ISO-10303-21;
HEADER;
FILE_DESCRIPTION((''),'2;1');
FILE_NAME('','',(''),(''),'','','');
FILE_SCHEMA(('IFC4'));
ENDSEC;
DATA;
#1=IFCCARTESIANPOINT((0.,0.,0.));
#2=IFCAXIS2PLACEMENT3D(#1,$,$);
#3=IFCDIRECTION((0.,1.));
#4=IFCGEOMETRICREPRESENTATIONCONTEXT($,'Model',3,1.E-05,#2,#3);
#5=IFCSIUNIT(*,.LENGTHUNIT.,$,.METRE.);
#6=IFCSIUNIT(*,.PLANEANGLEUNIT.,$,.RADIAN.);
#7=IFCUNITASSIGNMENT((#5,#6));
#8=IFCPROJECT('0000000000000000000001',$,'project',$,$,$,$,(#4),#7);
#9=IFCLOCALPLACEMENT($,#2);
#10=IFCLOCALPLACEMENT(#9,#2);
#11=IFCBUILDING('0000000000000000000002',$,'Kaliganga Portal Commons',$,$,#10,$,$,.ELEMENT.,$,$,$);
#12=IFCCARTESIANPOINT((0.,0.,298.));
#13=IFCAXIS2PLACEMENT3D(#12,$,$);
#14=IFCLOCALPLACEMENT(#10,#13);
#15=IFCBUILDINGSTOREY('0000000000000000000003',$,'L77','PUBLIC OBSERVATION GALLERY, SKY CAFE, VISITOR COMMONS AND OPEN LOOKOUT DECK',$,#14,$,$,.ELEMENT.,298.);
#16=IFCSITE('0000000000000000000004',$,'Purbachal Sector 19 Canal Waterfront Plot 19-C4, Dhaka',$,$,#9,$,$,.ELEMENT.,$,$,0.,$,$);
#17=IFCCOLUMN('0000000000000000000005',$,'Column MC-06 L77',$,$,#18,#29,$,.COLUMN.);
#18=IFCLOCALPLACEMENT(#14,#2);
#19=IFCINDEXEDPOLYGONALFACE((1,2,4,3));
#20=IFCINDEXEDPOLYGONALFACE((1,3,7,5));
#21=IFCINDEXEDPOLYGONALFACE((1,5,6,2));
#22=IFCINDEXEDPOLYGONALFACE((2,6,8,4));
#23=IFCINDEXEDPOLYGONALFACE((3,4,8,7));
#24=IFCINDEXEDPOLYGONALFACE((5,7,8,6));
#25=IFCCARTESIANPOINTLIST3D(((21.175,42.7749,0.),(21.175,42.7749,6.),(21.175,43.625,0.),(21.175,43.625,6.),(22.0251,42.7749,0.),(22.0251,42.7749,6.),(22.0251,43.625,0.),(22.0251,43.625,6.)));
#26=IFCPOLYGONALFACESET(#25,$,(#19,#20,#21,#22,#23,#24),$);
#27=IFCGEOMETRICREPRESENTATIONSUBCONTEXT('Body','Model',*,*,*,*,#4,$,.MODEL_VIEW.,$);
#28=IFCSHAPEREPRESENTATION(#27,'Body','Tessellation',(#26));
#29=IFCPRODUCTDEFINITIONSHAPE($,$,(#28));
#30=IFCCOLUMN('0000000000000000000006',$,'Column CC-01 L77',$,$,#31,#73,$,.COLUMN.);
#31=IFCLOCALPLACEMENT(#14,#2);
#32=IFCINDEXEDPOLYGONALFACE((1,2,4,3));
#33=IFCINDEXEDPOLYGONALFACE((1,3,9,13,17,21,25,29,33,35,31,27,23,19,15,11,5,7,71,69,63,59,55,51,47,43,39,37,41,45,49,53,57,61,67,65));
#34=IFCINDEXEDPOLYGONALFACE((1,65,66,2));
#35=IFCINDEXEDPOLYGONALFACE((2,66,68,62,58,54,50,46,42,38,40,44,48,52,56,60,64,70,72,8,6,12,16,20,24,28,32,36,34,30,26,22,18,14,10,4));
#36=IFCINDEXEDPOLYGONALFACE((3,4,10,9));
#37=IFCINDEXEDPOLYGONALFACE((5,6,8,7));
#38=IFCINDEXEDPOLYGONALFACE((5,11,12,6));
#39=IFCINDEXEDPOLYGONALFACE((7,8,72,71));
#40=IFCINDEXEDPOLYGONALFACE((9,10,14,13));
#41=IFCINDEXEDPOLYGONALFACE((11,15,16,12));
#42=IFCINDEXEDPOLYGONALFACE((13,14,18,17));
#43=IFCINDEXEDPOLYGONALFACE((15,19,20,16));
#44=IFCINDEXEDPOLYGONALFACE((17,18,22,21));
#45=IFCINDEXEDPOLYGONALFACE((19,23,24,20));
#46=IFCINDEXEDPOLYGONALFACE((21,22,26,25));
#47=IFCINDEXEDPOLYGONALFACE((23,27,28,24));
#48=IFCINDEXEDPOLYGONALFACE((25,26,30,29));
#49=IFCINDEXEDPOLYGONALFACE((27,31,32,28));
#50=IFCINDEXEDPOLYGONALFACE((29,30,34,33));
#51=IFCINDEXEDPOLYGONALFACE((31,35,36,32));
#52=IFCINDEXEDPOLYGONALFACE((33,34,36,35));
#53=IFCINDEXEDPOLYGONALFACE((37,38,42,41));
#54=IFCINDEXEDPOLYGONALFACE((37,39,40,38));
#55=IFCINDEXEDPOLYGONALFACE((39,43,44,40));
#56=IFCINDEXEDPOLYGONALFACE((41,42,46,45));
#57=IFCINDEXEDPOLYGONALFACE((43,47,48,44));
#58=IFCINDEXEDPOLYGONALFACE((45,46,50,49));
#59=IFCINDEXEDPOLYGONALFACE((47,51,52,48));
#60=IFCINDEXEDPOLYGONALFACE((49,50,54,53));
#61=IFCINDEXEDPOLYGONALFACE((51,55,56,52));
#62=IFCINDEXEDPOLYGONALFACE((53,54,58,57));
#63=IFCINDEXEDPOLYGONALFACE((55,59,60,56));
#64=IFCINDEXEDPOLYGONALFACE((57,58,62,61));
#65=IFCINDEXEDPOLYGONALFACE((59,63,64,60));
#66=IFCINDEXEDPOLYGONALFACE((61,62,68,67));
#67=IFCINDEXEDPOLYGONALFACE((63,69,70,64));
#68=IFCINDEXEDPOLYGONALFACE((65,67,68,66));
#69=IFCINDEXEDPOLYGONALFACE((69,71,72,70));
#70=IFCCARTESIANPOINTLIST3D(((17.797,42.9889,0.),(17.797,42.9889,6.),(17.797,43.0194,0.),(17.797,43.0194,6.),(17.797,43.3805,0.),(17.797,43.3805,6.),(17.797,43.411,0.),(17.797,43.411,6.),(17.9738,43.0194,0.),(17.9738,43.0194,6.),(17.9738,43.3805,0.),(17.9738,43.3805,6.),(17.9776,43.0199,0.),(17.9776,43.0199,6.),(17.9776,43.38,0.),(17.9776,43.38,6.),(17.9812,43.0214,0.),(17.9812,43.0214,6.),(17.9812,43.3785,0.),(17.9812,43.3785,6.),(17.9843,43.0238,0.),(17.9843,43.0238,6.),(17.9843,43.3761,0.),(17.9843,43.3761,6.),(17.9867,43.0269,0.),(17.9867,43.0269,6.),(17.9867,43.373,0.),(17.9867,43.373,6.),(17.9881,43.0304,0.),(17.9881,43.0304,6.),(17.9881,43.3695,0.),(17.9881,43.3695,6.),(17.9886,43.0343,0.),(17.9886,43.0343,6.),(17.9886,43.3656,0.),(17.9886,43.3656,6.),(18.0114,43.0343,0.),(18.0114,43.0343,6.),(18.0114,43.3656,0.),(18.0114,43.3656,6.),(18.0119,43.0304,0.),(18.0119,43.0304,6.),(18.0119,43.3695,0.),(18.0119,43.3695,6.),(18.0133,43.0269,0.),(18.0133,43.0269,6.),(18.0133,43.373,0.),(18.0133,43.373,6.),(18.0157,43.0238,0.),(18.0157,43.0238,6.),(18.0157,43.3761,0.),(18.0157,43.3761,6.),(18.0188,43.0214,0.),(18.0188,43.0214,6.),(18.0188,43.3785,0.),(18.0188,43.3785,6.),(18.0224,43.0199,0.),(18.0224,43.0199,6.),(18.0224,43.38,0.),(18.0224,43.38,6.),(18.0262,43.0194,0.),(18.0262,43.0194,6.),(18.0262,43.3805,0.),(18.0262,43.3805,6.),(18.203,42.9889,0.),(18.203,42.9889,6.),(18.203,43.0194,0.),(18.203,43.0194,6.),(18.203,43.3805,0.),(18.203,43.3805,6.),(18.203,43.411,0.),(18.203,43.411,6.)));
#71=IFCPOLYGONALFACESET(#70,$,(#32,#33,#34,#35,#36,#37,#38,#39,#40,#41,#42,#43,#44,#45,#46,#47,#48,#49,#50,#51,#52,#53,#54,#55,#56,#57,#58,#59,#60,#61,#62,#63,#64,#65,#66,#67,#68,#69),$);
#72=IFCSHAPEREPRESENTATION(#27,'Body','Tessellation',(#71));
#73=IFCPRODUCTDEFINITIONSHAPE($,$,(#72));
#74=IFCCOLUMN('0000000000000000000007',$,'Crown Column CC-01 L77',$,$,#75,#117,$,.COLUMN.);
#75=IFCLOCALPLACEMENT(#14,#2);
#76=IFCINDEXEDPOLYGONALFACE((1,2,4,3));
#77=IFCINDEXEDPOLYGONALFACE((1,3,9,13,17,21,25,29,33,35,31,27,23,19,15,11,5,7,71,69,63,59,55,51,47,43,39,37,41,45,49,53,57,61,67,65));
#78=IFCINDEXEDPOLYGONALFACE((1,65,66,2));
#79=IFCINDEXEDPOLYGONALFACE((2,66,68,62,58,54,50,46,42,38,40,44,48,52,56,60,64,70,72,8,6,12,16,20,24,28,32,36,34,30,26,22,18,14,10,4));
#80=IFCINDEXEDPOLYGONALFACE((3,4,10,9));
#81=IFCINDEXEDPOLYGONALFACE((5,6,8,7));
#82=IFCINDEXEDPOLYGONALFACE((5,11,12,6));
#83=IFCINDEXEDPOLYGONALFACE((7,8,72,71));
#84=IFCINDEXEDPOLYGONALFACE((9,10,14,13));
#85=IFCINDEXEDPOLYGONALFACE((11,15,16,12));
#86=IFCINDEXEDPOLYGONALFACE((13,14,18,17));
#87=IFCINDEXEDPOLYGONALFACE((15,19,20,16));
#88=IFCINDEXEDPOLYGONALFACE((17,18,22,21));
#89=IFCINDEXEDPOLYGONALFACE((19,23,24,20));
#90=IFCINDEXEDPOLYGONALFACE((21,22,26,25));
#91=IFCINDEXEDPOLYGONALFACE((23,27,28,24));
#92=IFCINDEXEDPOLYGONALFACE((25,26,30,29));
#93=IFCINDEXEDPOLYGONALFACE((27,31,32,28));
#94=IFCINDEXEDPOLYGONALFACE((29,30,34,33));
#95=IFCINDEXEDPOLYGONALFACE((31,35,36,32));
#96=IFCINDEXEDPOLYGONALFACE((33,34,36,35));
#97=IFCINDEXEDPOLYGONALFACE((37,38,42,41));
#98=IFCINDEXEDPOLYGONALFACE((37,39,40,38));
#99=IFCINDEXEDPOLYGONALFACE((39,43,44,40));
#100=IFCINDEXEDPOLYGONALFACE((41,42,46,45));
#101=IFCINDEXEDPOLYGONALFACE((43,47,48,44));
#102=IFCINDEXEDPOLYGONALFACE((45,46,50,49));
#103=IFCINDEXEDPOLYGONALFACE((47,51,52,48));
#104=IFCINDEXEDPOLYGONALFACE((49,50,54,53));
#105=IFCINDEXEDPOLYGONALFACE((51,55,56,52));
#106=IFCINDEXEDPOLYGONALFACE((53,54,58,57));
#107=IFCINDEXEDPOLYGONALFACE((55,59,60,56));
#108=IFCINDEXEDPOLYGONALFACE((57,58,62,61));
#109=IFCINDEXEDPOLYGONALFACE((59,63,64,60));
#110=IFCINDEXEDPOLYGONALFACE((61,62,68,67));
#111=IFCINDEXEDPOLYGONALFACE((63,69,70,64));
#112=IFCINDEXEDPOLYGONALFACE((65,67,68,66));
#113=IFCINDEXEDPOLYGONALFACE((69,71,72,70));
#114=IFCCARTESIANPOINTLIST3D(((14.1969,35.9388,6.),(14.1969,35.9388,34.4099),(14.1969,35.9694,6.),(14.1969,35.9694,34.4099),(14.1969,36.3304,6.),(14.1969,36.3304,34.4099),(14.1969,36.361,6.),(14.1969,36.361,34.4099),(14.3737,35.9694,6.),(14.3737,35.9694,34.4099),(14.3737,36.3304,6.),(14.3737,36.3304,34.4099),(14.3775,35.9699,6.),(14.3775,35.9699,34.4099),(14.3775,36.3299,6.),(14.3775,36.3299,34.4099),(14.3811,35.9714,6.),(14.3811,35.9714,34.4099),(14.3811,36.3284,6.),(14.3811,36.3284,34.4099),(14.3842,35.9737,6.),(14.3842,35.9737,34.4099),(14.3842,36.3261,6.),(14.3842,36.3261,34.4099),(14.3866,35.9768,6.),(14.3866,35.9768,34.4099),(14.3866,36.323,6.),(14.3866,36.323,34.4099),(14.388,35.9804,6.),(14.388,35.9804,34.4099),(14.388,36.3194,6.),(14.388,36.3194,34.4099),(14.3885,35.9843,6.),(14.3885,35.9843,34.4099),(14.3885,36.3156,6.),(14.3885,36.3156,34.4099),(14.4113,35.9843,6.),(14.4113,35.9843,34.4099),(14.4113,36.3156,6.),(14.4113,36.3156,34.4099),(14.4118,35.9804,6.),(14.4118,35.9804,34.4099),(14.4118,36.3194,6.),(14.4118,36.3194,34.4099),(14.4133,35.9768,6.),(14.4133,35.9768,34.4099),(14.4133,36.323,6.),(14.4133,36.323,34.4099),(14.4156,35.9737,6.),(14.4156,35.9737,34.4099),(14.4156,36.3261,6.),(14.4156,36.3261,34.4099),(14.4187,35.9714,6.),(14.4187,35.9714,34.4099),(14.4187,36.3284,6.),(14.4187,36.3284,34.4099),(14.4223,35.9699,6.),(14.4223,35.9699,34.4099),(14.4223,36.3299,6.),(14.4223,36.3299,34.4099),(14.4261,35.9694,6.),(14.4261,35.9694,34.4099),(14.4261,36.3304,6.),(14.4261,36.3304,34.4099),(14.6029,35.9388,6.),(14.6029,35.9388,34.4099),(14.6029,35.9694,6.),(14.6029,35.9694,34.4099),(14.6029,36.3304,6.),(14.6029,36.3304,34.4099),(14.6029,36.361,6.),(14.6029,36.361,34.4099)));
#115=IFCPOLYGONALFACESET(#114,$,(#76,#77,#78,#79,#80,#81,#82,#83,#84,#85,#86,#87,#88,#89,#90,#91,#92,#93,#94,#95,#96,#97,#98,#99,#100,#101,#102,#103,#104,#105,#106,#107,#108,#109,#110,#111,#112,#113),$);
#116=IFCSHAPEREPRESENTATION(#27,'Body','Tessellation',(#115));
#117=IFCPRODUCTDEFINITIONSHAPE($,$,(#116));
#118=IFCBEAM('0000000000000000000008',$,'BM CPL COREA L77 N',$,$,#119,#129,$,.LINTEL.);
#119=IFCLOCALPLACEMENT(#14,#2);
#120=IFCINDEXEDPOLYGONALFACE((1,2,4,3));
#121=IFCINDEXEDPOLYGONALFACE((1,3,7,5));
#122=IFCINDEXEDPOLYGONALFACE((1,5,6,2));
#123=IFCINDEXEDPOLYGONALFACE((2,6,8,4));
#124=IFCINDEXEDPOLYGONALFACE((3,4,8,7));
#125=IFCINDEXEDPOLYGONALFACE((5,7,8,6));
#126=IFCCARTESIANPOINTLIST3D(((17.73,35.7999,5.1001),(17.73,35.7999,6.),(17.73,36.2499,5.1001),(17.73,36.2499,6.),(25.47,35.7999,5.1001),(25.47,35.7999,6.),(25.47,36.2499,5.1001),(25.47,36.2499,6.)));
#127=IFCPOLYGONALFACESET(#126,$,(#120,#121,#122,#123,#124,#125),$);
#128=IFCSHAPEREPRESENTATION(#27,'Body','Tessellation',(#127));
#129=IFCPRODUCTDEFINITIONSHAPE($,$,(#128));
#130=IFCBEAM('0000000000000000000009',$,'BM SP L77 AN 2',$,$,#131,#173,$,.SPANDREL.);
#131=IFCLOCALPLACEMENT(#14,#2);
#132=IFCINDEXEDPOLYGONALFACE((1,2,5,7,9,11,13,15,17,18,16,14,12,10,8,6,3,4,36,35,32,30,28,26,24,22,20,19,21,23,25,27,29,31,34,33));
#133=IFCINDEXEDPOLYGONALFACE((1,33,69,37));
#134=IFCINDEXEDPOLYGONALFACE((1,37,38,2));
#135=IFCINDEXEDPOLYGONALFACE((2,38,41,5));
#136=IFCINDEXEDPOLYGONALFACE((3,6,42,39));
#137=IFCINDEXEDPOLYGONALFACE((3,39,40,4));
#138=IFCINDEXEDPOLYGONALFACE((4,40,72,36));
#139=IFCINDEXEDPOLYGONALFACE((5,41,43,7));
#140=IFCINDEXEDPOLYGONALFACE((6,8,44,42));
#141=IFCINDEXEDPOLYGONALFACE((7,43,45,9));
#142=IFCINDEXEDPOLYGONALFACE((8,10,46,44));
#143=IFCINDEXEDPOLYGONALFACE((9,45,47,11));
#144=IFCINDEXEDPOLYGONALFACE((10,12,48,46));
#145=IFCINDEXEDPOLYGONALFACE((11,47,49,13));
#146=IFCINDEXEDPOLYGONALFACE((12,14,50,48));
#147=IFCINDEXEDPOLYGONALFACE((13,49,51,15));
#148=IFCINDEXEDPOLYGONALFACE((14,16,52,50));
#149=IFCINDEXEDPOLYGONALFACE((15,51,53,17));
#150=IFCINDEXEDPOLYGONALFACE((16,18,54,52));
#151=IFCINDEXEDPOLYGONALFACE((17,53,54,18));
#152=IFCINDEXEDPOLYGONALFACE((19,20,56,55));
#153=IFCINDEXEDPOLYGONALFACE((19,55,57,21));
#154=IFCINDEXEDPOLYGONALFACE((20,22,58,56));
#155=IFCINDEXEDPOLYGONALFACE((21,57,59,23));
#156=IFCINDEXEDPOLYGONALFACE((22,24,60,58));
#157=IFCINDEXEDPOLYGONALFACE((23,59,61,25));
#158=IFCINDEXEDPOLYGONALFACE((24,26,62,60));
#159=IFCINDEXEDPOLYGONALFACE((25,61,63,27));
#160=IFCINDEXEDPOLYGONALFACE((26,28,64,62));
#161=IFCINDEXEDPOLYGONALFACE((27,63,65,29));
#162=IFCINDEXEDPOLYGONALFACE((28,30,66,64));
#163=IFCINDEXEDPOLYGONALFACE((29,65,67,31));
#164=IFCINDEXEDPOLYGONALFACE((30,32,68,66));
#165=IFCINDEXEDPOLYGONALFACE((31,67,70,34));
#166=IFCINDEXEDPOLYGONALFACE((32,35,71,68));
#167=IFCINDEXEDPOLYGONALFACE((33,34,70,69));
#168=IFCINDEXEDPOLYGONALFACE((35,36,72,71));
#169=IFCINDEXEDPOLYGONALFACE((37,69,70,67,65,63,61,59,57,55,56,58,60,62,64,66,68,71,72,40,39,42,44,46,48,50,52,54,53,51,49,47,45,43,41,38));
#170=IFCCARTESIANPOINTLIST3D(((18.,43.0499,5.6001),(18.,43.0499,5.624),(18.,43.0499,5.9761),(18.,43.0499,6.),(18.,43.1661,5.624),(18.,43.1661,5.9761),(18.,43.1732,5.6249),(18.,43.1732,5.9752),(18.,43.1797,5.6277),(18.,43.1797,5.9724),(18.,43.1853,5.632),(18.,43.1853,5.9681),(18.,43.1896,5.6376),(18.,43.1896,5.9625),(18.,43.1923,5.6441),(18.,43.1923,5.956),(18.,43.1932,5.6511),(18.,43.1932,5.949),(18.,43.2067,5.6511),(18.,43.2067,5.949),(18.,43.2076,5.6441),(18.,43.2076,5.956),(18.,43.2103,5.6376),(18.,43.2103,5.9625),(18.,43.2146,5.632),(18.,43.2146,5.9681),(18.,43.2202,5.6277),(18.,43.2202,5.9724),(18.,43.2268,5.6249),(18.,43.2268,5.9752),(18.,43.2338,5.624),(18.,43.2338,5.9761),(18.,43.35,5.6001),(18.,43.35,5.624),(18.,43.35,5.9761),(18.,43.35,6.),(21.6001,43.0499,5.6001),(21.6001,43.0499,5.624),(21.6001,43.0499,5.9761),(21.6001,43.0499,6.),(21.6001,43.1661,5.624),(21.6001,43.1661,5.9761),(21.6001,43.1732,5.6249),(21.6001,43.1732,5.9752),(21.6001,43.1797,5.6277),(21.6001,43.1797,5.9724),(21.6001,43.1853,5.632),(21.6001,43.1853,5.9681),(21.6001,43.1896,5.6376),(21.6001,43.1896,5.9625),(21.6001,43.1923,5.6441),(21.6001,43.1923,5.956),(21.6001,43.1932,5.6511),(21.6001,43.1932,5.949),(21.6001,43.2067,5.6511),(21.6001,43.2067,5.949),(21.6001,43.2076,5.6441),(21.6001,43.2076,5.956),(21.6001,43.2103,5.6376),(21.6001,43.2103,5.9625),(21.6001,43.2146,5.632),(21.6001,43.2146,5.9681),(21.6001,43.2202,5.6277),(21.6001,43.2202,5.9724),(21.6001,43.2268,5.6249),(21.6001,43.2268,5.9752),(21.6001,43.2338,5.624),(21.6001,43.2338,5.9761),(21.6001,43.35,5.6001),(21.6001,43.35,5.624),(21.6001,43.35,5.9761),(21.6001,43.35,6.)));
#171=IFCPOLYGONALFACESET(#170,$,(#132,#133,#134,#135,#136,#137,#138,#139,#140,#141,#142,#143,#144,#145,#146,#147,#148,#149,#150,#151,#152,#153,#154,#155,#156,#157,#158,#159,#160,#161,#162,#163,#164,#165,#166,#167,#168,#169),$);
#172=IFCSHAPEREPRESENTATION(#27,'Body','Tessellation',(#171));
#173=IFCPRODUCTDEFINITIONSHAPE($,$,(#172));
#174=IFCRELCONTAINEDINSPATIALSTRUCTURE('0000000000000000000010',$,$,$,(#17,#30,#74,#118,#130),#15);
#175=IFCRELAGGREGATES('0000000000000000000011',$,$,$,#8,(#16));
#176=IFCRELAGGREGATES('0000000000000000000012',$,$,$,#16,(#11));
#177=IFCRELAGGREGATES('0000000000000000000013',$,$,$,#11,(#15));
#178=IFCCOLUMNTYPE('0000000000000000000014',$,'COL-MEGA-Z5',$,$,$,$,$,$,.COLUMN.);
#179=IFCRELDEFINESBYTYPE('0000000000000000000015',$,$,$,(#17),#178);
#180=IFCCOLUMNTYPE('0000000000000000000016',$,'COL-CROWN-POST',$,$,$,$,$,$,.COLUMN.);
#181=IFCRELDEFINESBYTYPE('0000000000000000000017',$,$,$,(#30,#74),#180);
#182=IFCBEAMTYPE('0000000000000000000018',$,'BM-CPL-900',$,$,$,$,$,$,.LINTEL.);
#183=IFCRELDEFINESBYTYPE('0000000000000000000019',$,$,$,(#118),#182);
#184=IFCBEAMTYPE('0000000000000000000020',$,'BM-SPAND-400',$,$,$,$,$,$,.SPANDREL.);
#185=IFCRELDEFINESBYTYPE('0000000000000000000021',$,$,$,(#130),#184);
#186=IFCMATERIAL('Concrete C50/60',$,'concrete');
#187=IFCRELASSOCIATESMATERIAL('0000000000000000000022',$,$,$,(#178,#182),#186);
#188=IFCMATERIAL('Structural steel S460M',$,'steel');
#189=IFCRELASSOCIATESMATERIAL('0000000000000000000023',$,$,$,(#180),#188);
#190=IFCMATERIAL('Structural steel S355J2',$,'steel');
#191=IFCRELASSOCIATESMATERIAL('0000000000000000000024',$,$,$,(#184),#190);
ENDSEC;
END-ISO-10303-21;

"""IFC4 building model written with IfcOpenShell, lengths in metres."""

from ifc_helpers import new_model, si_unit, direction, frame, origin, origin_2d, place, context, subcontext, project, spatial, rectangle, i_section, extrude, source, transform, mapped, material, material_profile, profile_set, type_object, element, save


model = new_model("IFC4")

# Units and contexts
model_context = context("Model", 3, precision=1e-05, world=origin(), true_north=direction((0.0, 1.0)))
body_context = subcontext(model_context, "Body", "Model", "MODEL_VIEW")
ifc_project = project(units=[si_unit("LENGTHUNIT", "METRE"), si_unit("PLANEANGLEUNIT", "RADIAN")], contexts=[model_context])

# Site, building, storey
site_placement = place(None, origin())
site = spatial("IfcSite", under=ifc_project, at=site_placement, Name="Purbachal Sector 19 Canal Waterfront Plot 19-C4, Dhaka", CompositionType="ELEMENT", RefElevation=0.0)
building_placement = place(site_placement, origin())
building = spatial("IfcBuilding", under=site, at=building_placement, Name="Kaliganga Portal Commons", CompositionType="ELEMENT")
storey_placement = place(building_placement, frame((0.0, 0.0, 298.0)))
storey = spatial("IfcBuildingStorey", under=building, at=storey_placement, Name="L77", Description="PUBLIC OBSERVATION GALLERY, SKY CAFE, VISITOR COMMONS AND OPEN LOOKOUT DECK", CompositionType="ELEMENT", Elevation=298.0)

# Columns
ifc_material_1 = material(Name="Concrete C50/60", Category="concrete")
ifc_material_profile_1 = material_profile(ifc_material_1, rectangle(XDim=0.8501, YDim=0.8501, at=origin_2d()), Name="RC 850x850")
ifc_profile_set_1 = profile_set([ifc_material_profile_1], Name="Concrete C50/60")
column_type_1 = type_object("IfcColumnType", Name="COL-MEGA-Z5", PredefinedType="COLUMN", material=ifc_profile_set_1)
shared_shape_1 = source(origin(), body_context, "Body", "SweptSolid", [
    extrude(rectangle(XDim=0.8501, YDim=0.8501, at=origin_2d()), origin(), (0.0, 0.0, 1.0), 6.0),
])
column_1_placement = place(storey_placement, frame((21.6001, 43.2, 0.0), z_axis=(0.0, 0.0, 1.0), x_axis=(1.0, 0.0, 0.0)))
element("IfcColumn", 1, at=column_1_placement, inside=storey, type_object=column_type_1, Name="Column MC-06 L77", PredefinedType="COLUMN", context=body_context, shape_type="MappedRepresentation", body=[
    mapped(shared_shape_1, transform((0.0, 0.0, 0.0), x_axis=(1.0, 0.0, 0.0), y_axis=(0.0, 1.0, 0.0), z_axis=(0.0, 0.0, 1.0), scale=1.0)),
])
ifc_material_2 = material(Name="Structural steel S460M", Category="steel")
ifc_material_profile_2 = material_profile(ifc_material_2, i_section(OverallWidth=0.406, OverallDepth=0.4221, WebThickness=0.0227, FlangeThickness=0.0305, FilletRadius=0.0149, at=origin_2d()), Name="HD 400x382")
ifc_profile_set_2 = profile_set([ifc_material_profile_2], Name="Structural steel S460M wide-flange")
column_type_2 = type_object("IfcColumnType", Name="COL-CROWN-POST", PredefinedType="COLUMN", material=ifc_profile_set_2)
shared_shape_2 = source(origin(), body_context, "Body", "SweptSolid", [
    extrude(i_section(OverallWidth=0.406, OverallDepth=0.4221, WebThickness=0.0227, FlangeThickness=0.0305, FilletRadius=0.0149, at=origin_2d()), origin(), (0.0, 0.0, 1.0), 6.0),
])
column_2_placement = place(storey_placement, frame((18.0, 43.2, 0.0), z_axis=(0.0, 0.0, 1.0), x_axis=(1.0, 0.0, 0.0)))
element("IfcColumn", 2, at=column_2_placement, inside=storey, type_object=column_type_2, Name="Column CC-01 L77", PredefinedType="COLUMN", context=body_context, shape_type="MappedRepresentation", body=[
    mapped(shared_shape_2, transform((0.0, 0.0, 0.0), x_axis=(1.0, 0.0, 0.0), y_axis=(0.0, 1.0, 0.0), z_axis=(0.0, 0.0, 1.0), scale=1.0)),
])
shared_shape_3 = source(origin(), body_context, "Body", "SweptSolid", [
    extrude(i_section(OverallWidth=0.406, OverallDepth=0.4221, WebThickness=0.0227, FlangeThickness=0.0305, FilletRadius=0.0149, at=origin_2d()), origin(), (0.0, 0.0, 1.0), 28.4099),
])
column_3_placement = place(storey_placement, frame((14.3999, 36.1499, 6.0), z_axis=(0.0, 0.0, 1.0), x_axis=(1.0, 0.0, 0.0)))
element("IfcColumn", 3, at=column_3_placement, inside=storey, type_object=column_type_2, Name="Crown Column CC-01 L77", PredefinedType="COLUMN", context=body_context, shape_type="MappedRepresentation", body=[
    mapped(shared_shape_3, transform((0.0, 0.0, 0.0), x_axis=(1.0, 0.0, 0.0), y_axis=(0.0, 1.0, 0.0), z_axis=(0.0, 0.0, 1.0), scale=1.0)),
])

# Beams
ifc_material_profile_3 = material_profile(ifc_material_1, rectangle(XDim=0.45, YDim=0.8999, at=origin_2d()), Name="RC 450x900")
ifc_profile_set_3 = profile_set([ifc_material_profile_3], Name="Concrete C50/60")
beam_type_1 = type_object("IfcBeamType", Name="BM-CPL-900", PredefinedType="LINTEL", material=ifc_profile_set_3)
shared_shape_4 = source(origin(), body_context, "Body", "SweptSolid", [
    extrude(rectangle(XDim=0.45, YDim=0.8999, at=origin_2d()), origin(), (0.0, 0.0, 1.0), 7.74),
])
beam_1_placement = place(storey_placement, frame((17.73, 36.0249, 5.55), z_axis=(1.0, 0.0, 0.0), x_axis=(0.0, 1.0, 0.0)))
element("IfcBeam", 4, at=beam_1_placement, inside=storey, type_object=beam_type_1, Name="BM CPL COREA L77 N", PredefinedType="LINTEL", context=body_context, shape_type="MappedRepresentation", body=[
    mapped(shared_shape_4, transform((0.0, 0.0, 0.0), x_axis=(1.0, 0.0, 0.0), y_axis=(0.0, 1.0, 0.0), z_axis=(0.0, 0.0, 1.0), scale=1.0)),
])
ifc_material_3 = material(Name="Structural steel S355J2", Category="steel")
ifc_material_profile_4 = material_profile(ifc_material_3, i_section(OverallWidth=0.3, OverallDepth=0.3999, WebThickness=0.0134, FlangeThickness=0.0239, FilletRadius=0.0271, at=origin_2d()), Name="HE 400 B")
ifc_profile_set_4 = profile_set([ifc_material_profile_4], Name="Structural steel S355J2 wide-flange")
beam_type_2 = type_object("IfcBeamType", Name="BM-SPAND-400", PredefinedType="SPANDREL", material=ifc_profile_set_4)
shared_shape_5 = source(origin(), body_context, "Body", "SweptSolid", [
    extrude(i_section(OverallWidth=0.3, OverallDepth=0.3999, WebThickness=0.0134, FlangeThickness=0.0239, FilletRadius=0.0271, at=origin_2d()), origin(), (0.0, 0.0, 1.0), 3.6001),
])
beam_2_placement = place(storey_placement, frame((18.0, 43.2, 5.8), z_axis=(1.0, 0.0, 0.0), x_axis=(0.0, 1.0, 0.0)))
element("IfcBeam", 5, at=beam_2_placement, inside=storey, type_object=beam_type_2, Name="BM SP L77 AN 2", PredefinedType="SPANDREL", context=body_context, shape_type="MappedRepresentation", body=[
    mapped(shared_shape_5, transform((0.0, 0.0, 0.0), x_axis=(1.0, 0.0, 0.0), y_axis=(0.0, 1.0, 0.0), z_axis=(0.0, 0.0, 1.0), scale=1.0)),
])

save(model, "model.ifc")
